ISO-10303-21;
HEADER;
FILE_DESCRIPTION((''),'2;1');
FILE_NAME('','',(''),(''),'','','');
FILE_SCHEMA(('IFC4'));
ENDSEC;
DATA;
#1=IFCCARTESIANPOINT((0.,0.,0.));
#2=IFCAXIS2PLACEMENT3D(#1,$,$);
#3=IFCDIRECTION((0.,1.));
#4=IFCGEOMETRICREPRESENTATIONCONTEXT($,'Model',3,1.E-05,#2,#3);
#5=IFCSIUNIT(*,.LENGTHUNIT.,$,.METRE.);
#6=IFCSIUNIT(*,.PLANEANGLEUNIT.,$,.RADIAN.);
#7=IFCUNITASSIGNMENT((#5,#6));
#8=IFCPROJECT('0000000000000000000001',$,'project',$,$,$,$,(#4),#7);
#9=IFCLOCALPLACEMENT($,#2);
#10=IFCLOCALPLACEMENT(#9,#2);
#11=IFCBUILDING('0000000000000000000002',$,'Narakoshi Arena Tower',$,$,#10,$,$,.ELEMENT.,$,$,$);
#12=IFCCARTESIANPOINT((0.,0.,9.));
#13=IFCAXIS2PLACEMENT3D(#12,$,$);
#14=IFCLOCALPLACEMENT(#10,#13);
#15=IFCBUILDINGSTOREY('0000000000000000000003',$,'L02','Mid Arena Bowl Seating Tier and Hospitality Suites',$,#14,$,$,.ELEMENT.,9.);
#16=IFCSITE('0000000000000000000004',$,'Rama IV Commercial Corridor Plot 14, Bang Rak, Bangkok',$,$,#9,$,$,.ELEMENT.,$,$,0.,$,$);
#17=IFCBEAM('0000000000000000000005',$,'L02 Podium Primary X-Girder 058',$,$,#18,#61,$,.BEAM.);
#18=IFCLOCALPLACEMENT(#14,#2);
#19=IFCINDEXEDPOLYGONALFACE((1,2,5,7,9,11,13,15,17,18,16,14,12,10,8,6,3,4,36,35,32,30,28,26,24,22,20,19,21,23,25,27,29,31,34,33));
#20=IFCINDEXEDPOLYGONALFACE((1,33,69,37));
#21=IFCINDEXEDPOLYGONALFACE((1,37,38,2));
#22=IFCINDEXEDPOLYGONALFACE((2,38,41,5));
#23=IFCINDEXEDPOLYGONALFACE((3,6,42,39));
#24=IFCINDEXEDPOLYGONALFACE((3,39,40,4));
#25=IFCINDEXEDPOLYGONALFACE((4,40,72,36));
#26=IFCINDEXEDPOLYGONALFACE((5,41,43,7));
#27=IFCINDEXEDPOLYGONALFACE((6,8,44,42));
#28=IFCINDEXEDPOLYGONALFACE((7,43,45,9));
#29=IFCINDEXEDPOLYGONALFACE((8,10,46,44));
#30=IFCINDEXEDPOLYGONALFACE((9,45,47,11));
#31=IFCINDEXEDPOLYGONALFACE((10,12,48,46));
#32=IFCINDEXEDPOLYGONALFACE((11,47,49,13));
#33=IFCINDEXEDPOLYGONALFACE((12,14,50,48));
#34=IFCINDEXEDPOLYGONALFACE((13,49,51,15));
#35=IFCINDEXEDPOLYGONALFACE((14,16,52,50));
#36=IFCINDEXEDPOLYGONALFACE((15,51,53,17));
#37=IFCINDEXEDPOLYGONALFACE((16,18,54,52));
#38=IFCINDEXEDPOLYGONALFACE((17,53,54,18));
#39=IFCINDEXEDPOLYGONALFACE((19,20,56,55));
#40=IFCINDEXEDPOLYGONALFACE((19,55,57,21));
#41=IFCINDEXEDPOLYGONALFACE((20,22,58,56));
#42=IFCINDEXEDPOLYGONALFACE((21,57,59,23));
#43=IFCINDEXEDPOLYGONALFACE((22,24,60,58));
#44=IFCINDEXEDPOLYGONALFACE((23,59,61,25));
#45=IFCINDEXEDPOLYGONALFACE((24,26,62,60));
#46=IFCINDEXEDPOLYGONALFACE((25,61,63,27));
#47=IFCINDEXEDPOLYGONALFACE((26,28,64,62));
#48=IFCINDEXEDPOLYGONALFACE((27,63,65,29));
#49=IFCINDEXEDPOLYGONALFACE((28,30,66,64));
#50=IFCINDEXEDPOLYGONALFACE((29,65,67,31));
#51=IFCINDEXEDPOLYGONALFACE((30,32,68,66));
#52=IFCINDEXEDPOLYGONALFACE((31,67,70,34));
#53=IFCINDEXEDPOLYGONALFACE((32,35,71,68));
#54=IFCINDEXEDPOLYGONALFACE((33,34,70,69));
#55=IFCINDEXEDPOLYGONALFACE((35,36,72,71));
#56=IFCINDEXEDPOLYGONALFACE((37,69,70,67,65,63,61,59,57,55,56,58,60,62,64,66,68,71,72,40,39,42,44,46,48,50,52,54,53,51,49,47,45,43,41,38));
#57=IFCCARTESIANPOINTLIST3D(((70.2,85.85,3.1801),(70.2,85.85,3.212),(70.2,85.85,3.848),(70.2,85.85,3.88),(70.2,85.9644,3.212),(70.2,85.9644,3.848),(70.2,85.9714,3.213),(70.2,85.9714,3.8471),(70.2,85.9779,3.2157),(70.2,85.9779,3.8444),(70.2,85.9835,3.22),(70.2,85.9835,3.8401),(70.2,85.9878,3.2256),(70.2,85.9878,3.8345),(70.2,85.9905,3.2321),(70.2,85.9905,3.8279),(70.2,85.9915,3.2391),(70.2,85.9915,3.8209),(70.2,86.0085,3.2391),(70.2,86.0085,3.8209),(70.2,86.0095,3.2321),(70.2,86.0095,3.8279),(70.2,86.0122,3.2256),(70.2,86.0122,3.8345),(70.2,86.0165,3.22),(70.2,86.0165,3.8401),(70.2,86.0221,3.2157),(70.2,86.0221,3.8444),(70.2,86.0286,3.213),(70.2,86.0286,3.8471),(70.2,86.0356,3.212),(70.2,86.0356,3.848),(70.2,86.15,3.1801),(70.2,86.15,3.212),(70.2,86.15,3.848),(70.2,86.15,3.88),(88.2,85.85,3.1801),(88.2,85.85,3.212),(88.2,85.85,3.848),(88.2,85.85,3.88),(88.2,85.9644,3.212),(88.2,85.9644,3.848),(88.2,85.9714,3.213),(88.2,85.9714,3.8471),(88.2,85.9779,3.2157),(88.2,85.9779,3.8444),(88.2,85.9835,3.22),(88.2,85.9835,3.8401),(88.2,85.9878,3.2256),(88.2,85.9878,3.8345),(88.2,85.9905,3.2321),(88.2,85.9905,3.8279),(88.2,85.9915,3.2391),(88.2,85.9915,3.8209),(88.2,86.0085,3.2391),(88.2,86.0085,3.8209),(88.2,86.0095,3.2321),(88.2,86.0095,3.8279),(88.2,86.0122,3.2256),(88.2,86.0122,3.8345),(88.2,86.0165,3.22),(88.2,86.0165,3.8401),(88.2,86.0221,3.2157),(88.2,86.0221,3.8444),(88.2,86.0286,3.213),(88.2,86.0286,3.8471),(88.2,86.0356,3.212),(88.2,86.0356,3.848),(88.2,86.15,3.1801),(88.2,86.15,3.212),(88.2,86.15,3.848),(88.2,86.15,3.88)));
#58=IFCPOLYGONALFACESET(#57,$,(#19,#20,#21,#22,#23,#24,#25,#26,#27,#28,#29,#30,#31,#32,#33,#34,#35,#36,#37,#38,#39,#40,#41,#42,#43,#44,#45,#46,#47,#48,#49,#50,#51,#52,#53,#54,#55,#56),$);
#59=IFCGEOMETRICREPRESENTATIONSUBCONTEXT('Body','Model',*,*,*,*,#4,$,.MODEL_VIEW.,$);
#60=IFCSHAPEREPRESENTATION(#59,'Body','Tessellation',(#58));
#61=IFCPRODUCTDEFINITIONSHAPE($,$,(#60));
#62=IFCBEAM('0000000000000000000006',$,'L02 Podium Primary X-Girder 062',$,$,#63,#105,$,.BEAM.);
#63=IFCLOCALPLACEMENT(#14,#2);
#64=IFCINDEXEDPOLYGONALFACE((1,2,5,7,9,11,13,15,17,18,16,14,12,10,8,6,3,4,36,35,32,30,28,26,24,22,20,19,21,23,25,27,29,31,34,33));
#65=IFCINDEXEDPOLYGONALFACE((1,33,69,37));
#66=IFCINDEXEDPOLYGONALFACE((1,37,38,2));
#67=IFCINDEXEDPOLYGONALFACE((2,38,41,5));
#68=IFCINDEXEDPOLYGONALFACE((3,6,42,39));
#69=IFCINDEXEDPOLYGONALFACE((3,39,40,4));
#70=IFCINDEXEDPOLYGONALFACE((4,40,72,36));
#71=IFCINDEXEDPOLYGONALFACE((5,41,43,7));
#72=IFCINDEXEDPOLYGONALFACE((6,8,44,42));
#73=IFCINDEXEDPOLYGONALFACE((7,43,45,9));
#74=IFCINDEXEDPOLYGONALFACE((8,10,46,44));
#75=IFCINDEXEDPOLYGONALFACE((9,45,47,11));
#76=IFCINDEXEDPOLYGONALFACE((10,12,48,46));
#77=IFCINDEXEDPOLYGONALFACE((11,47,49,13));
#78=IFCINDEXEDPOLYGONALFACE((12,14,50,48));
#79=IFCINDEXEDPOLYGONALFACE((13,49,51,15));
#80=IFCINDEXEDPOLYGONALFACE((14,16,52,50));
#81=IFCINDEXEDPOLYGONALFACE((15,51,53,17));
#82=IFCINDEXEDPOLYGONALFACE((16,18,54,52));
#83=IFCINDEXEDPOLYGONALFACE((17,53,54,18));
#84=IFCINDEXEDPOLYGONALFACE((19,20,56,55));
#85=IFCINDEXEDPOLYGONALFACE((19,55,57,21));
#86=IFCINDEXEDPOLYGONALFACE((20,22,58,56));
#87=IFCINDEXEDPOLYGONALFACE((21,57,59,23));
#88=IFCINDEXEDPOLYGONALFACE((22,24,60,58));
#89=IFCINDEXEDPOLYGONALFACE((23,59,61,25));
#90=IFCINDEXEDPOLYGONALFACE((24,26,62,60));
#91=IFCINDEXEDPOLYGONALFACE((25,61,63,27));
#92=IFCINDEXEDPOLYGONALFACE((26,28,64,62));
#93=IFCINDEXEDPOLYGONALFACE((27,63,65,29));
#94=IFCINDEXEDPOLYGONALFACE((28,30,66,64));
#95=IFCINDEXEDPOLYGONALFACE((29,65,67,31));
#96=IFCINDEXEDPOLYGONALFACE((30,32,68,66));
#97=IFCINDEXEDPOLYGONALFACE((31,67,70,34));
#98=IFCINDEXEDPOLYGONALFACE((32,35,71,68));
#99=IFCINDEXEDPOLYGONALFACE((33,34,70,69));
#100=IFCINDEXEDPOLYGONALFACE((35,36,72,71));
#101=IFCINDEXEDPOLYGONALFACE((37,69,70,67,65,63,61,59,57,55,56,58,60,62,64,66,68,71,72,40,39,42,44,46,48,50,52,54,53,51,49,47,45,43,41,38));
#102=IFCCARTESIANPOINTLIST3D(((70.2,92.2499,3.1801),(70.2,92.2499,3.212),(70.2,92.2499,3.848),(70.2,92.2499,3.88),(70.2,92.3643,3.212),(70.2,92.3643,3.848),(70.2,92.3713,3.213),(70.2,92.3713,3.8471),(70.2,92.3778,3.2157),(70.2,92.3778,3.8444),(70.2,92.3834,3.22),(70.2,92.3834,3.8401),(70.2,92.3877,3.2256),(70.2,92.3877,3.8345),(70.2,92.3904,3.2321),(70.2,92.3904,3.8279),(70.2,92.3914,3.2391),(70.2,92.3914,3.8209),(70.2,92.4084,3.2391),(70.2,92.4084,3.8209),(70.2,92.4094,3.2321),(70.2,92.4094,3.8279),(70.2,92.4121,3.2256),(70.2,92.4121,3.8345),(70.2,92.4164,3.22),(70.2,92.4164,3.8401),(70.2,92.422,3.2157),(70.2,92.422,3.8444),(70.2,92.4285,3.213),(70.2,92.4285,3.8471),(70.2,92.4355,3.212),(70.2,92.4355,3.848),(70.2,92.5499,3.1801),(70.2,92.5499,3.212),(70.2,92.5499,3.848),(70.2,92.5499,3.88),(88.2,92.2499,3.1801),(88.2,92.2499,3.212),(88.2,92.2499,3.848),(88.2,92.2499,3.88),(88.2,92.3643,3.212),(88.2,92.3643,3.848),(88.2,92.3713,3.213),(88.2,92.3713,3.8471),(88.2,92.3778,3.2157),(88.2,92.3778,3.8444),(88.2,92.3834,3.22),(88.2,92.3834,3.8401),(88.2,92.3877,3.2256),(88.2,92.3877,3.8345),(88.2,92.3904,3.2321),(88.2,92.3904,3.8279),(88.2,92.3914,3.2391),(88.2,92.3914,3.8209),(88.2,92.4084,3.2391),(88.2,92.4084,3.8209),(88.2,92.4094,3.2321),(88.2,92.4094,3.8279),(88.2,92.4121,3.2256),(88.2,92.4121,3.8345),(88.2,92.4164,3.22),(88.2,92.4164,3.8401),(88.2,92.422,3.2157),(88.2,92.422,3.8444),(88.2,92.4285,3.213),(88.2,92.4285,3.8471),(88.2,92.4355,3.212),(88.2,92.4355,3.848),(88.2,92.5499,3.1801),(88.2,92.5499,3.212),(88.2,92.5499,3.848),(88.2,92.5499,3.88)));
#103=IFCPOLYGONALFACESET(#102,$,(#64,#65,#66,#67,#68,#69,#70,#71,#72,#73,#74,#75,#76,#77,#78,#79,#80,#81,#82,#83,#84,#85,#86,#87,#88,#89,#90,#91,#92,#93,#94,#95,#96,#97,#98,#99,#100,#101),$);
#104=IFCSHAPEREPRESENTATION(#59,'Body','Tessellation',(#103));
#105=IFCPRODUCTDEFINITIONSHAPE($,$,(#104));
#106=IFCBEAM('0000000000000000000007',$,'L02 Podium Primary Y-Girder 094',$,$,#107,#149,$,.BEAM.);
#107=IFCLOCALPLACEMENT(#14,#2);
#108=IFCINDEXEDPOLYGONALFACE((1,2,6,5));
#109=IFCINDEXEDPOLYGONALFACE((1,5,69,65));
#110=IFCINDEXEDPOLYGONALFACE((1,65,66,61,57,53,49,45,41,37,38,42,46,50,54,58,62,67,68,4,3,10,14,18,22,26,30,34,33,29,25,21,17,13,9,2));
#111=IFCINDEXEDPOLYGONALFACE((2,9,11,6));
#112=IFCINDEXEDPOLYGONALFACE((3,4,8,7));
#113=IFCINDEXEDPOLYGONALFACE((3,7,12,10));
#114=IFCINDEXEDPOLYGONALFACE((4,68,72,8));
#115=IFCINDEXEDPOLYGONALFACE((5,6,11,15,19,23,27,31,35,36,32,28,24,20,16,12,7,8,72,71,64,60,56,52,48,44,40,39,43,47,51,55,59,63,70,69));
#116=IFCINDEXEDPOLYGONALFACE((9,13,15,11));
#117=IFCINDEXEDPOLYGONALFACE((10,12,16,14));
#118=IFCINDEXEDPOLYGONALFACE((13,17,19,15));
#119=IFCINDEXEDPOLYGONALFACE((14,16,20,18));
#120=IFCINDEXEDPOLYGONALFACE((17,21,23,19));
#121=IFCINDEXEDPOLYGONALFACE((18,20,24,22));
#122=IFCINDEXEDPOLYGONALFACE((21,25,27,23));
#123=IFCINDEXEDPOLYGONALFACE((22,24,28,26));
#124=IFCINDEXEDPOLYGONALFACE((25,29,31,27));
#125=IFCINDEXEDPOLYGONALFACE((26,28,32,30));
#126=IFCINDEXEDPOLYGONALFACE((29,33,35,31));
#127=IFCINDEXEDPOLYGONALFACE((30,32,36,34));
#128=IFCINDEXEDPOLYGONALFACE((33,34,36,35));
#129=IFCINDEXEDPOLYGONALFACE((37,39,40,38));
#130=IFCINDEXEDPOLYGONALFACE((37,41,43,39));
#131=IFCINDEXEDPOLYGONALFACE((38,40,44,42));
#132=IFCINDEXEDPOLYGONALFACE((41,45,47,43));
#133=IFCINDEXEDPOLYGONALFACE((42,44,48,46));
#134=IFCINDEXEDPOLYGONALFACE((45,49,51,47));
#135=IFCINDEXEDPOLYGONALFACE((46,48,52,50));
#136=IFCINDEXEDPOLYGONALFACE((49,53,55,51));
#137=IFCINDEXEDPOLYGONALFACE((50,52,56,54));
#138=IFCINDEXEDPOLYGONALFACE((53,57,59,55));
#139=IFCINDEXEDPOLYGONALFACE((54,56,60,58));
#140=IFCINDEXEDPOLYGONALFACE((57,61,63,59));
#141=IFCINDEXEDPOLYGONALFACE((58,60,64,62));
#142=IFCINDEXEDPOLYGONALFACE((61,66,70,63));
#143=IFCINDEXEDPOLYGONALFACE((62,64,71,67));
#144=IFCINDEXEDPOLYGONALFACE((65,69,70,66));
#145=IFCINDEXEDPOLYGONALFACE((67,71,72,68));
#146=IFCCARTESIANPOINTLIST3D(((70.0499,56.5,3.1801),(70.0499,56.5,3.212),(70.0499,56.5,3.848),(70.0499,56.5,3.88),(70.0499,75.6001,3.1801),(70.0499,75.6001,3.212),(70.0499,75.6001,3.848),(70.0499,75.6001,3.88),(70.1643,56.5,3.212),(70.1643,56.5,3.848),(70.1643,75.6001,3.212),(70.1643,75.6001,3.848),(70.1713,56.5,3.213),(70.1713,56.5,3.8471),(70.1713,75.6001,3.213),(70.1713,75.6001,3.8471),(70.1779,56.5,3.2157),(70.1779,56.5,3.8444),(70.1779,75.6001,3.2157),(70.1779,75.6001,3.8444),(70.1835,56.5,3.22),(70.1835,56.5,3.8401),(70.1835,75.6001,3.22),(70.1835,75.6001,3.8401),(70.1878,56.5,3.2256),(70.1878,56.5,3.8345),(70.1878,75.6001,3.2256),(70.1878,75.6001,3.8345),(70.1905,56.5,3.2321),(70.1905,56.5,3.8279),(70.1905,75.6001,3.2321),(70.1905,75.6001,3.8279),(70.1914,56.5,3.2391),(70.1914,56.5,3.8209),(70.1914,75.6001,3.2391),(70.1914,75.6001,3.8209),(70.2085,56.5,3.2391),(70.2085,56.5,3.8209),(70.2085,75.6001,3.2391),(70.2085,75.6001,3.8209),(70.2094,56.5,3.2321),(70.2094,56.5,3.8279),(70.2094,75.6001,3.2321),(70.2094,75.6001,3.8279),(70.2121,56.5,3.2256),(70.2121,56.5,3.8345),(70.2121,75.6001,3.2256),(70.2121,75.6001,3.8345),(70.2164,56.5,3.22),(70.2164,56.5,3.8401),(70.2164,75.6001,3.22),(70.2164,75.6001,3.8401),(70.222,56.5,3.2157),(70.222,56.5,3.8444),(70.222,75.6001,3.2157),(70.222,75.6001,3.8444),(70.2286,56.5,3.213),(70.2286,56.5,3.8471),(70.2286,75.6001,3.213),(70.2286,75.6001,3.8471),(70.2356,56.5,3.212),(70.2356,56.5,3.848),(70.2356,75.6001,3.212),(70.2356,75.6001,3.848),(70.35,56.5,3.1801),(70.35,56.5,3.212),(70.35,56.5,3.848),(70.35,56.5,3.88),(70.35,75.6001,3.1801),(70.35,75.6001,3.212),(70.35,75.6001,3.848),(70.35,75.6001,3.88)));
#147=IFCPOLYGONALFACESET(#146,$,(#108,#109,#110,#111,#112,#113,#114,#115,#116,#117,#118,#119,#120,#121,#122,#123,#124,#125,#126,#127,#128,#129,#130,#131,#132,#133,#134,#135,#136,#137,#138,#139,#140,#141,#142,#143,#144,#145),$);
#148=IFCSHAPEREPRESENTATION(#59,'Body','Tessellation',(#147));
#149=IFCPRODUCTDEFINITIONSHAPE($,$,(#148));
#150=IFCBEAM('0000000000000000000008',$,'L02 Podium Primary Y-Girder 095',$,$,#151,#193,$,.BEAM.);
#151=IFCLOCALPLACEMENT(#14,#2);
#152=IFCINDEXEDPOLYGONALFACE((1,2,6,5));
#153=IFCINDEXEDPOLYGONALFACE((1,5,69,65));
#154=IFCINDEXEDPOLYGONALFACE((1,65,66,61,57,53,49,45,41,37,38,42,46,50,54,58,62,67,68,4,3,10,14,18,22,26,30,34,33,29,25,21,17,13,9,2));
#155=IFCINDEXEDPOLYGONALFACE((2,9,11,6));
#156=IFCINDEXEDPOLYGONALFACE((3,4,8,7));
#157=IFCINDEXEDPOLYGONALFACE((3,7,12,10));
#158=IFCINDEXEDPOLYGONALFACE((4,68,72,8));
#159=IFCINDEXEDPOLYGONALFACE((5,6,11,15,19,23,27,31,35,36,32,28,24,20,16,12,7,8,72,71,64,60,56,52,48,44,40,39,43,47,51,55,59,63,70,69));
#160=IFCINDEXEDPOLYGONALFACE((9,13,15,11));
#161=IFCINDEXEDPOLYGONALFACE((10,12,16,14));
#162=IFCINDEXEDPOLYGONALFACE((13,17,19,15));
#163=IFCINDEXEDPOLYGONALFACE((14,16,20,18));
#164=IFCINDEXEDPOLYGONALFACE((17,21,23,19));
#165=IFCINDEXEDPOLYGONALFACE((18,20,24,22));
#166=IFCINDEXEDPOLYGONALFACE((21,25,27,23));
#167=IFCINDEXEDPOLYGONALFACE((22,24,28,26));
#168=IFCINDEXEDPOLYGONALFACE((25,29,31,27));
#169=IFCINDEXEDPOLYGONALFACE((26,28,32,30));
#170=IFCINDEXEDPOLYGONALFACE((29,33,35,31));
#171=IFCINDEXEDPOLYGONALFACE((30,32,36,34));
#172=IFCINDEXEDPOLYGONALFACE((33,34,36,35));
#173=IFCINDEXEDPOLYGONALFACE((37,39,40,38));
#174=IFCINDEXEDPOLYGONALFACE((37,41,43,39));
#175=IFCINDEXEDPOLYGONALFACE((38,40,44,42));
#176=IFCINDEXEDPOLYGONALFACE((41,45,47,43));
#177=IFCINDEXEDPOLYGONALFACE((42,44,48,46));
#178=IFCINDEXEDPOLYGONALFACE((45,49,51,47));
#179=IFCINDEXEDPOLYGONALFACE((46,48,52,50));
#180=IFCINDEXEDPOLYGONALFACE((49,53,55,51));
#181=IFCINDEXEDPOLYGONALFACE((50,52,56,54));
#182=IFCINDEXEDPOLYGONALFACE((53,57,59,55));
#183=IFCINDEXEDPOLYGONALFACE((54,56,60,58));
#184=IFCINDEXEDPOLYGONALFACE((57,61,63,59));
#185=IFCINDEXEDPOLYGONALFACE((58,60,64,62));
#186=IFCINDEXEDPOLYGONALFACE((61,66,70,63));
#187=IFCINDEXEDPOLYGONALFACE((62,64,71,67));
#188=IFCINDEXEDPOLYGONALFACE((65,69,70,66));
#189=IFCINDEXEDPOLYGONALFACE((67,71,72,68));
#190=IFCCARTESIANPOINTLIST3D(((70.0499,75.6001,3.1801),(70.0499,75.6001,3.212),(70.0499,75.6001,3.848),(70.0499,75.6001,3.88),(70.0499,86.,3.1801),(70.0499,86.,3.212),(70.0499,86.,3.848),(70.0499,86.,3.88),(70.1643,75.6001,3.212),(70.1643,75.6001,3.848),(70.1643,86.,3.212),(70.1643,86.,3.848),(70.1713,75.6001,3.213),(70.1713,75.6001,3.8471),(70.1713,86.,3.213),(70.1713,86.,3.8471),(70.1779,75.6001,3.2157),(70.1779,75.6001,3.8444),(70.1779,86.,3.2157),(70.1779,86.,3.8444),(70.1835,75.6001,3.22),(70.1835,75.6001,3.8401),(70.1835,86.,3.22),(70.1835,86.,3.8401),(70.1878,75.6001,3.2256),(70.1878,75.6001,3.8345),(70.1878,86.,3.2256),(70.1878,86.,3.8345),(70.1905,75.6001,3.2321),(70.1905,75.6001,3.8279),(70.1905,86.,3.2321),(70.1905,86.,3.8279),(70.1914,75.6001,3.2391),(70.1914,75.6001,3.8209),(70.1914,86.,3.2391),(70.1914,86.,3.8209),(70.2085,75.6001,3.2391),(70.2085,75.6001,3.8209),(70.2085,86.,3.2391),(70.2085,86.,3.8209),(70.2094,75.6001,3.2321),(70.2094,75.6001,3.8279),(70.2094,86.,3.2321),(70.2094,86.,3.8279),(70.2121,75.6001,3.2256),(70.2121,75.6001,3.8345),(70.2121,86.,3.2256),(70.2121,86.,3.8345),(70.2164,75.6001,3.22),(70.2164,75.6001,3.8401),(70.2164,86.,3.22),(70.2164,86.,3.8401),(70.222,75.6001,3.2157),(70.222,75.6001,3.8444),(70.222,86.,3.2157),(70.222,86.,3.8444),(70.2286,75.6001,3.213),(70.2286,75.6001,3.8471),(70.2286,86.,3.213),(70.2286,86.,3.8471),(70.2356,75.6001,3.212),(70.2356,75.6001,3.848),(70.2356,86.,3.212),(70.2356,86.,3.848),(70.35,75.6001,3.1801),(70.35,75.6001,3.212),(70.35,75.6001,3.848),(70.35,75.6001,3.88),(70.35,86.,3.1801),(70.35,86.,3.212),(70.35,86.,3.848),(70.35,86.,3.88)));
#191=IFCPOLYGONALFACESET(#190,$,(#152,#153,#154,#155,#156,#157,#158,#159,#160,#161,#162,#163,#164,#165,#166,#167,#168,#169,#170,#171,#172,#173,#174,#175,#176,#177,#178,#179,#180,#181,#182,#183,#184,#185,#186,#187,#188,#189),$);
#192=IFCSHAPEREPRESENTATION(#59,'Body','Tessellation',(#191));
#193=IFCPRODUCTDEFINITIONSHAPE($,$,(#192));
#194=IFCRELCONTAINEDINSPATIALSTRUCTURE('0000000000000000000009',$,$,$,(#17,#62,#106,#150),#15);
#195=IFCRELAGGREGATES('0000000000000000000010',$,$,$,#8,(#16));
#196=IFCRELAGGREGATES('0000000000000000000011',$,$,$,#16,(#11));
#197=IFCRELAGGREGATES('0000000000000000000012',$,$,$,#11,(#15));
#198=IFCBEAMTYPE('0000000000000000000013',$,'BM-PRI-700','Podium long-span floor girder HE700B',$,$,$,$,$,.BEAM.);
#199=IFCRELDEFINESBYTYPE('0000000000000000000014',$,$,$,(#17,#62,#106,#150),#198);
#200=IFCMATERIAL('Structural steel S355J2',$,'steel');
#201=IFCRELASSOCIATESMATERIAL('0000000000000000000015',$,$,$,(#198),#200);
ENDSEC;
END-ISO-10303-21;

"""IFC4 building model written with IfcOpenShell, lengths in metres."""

from ifc_helpers import new_model, si_unit, direction, frame, origin, origin_2d, place, context, subcontext, project, spatial, i_section, extrude, material, material_profile, profile_set, type_object, element, save


model = new_model("IFC4")

# Units and contexts
model_context = context("Model", 3, precision=1e-05, world=origin(), true_north=direction((0.0, 1.0)))
body_context = subcontext(model_context, "Body", "Model", "MODEL_VIEW")
ifc_project = project(units=[si_unit("LENGTHUNIT", "METRE"), si_unit("PLANEANGLEUNIT", "RADIAN")], contexts=[model_context])

# Site, building, storey
site_placement = place(None, origin())
site = spatial("IfcSite", under=ifc_project, at=site_placement, Name="Rama IV Commercial Corridor Plot 14, Bang Rak, Bangkok", CompositionType="ELEMENT", RefElevation=0.0)
building_placement = place(site_placement, origin())
building = spatial("IfcBuilding", under=site, at=building_placement, Name="Narakoshi Arena Tower", CompositionType="ELEMENT")
storey_placement = place(building_placement, frame((0.0, 0.0, 9.0)))
storey = spatial("IfcBuildingStorey", under=building, at=storey_placement, Name="L02", Description="Mid Arena Bowl Seating Tier and Hospitality Suites", CompositionType="ELEMENT", Elevation=9.0)

# Beams
ifc_material_1 = material(Name="Structural steel S355J2", Category="steel")
ifc_material_profile_1 = material_profile(ifc_material_1, i_section(OverallWidth=0.3, OverallDepth=0.7, WebThickness=0.0171, FlangeThickness=0.032, FilletRadius=0.0271, at=origin_2d()), Name="HE700B")
ifc_profile_set_1 = profile_set([ifc_material_profile_1], Name="Structural steel S355J2")
beam_type_1 = type_object("IfcBeamType", Name="BM-PRI-700", Description="Podium long-span floor girder HE700B", PredefinedType="BEAM", material=ifc_profile_set_1)
for number, where, z_axis, x_axis, name in (
    (1, (70.2, 86.0, 3.53), (1.0, 0.0, 0.0), (0.0, 1.0, 0.0), "L02 Podium Primary X-Girder 058"),
    (2, (70.2, 92.3999, 3.53), (1.0, 0.0, 0.0), (0.0, 1.0, 0.0), "L02 Podium Primary X-Girder 062"),
):
    element("IfcBeam", number, at=place(storey_placement, frame(where, z_axis=z_axis, x_axis=x_axis)), inside=storey, type_object=beam_type_1, Name=name, PredefinedType="BEAM", context=body_context, shape_type="SweptSolid", body=[
        extrude(i_section(OverallWidth=0.3, OverallDepth=0.7, WebThickness=0.0171, FlangeThickness=0.032, FilletRadius=0.0271, at=origin_2d()), origin(), (0.0, 0.0, 1.0), 18.0),
    ])
beam_1_placement = place(storey_placement, frame((70.2, 56.5, 3.53), z_axis=(0.0, 1.0, 0.0), x_axis=(-1.0, 0.0, 0.0)))
element("IfcBeam", 3, at=beam_1_placement, inside=storey, type_object=beam_type_1, Name="L02 Podium Primary Y-Girder 094", PredefinedType="BEAM", context=body_context, shape_type="SweptSolid", body=[
    extrude(i_section(OverallWidth=0.3, OverallDepth=0.7, WebThickness=0.0171, FlangeThickness=0.032, FilletRadius=0.0271, at=origin_2d()), origin(), (0.0, 0.0, 1.0), 19.1001),
])
beam_2_placement = place(storey_placement, frame((70.2, 75.6001, 3.53), z_axis=(0.0, 1.0, 0.0), x_axis=(-1.0, 0.0, 0.0)))
element("IfcBeam", 4, at=beam_2_placement, inside=storey, type_object=beam_type_1, Name="L02 Podium Primary Y-Girder 095", PredefinedType="BEAM", context=body_context, shape_type="SweptSolid", body=[
    extrude(i_section(OverallWidth=0.3, OverallDepth=0.7, WebThickness=0.0171, FlangeThickness=0.032, FilletRadius=0.0271, at=origin_2d()), origin(), (0.0, 0.0, 1.0), 10.3999),
])

save(model, "model.ifc")
